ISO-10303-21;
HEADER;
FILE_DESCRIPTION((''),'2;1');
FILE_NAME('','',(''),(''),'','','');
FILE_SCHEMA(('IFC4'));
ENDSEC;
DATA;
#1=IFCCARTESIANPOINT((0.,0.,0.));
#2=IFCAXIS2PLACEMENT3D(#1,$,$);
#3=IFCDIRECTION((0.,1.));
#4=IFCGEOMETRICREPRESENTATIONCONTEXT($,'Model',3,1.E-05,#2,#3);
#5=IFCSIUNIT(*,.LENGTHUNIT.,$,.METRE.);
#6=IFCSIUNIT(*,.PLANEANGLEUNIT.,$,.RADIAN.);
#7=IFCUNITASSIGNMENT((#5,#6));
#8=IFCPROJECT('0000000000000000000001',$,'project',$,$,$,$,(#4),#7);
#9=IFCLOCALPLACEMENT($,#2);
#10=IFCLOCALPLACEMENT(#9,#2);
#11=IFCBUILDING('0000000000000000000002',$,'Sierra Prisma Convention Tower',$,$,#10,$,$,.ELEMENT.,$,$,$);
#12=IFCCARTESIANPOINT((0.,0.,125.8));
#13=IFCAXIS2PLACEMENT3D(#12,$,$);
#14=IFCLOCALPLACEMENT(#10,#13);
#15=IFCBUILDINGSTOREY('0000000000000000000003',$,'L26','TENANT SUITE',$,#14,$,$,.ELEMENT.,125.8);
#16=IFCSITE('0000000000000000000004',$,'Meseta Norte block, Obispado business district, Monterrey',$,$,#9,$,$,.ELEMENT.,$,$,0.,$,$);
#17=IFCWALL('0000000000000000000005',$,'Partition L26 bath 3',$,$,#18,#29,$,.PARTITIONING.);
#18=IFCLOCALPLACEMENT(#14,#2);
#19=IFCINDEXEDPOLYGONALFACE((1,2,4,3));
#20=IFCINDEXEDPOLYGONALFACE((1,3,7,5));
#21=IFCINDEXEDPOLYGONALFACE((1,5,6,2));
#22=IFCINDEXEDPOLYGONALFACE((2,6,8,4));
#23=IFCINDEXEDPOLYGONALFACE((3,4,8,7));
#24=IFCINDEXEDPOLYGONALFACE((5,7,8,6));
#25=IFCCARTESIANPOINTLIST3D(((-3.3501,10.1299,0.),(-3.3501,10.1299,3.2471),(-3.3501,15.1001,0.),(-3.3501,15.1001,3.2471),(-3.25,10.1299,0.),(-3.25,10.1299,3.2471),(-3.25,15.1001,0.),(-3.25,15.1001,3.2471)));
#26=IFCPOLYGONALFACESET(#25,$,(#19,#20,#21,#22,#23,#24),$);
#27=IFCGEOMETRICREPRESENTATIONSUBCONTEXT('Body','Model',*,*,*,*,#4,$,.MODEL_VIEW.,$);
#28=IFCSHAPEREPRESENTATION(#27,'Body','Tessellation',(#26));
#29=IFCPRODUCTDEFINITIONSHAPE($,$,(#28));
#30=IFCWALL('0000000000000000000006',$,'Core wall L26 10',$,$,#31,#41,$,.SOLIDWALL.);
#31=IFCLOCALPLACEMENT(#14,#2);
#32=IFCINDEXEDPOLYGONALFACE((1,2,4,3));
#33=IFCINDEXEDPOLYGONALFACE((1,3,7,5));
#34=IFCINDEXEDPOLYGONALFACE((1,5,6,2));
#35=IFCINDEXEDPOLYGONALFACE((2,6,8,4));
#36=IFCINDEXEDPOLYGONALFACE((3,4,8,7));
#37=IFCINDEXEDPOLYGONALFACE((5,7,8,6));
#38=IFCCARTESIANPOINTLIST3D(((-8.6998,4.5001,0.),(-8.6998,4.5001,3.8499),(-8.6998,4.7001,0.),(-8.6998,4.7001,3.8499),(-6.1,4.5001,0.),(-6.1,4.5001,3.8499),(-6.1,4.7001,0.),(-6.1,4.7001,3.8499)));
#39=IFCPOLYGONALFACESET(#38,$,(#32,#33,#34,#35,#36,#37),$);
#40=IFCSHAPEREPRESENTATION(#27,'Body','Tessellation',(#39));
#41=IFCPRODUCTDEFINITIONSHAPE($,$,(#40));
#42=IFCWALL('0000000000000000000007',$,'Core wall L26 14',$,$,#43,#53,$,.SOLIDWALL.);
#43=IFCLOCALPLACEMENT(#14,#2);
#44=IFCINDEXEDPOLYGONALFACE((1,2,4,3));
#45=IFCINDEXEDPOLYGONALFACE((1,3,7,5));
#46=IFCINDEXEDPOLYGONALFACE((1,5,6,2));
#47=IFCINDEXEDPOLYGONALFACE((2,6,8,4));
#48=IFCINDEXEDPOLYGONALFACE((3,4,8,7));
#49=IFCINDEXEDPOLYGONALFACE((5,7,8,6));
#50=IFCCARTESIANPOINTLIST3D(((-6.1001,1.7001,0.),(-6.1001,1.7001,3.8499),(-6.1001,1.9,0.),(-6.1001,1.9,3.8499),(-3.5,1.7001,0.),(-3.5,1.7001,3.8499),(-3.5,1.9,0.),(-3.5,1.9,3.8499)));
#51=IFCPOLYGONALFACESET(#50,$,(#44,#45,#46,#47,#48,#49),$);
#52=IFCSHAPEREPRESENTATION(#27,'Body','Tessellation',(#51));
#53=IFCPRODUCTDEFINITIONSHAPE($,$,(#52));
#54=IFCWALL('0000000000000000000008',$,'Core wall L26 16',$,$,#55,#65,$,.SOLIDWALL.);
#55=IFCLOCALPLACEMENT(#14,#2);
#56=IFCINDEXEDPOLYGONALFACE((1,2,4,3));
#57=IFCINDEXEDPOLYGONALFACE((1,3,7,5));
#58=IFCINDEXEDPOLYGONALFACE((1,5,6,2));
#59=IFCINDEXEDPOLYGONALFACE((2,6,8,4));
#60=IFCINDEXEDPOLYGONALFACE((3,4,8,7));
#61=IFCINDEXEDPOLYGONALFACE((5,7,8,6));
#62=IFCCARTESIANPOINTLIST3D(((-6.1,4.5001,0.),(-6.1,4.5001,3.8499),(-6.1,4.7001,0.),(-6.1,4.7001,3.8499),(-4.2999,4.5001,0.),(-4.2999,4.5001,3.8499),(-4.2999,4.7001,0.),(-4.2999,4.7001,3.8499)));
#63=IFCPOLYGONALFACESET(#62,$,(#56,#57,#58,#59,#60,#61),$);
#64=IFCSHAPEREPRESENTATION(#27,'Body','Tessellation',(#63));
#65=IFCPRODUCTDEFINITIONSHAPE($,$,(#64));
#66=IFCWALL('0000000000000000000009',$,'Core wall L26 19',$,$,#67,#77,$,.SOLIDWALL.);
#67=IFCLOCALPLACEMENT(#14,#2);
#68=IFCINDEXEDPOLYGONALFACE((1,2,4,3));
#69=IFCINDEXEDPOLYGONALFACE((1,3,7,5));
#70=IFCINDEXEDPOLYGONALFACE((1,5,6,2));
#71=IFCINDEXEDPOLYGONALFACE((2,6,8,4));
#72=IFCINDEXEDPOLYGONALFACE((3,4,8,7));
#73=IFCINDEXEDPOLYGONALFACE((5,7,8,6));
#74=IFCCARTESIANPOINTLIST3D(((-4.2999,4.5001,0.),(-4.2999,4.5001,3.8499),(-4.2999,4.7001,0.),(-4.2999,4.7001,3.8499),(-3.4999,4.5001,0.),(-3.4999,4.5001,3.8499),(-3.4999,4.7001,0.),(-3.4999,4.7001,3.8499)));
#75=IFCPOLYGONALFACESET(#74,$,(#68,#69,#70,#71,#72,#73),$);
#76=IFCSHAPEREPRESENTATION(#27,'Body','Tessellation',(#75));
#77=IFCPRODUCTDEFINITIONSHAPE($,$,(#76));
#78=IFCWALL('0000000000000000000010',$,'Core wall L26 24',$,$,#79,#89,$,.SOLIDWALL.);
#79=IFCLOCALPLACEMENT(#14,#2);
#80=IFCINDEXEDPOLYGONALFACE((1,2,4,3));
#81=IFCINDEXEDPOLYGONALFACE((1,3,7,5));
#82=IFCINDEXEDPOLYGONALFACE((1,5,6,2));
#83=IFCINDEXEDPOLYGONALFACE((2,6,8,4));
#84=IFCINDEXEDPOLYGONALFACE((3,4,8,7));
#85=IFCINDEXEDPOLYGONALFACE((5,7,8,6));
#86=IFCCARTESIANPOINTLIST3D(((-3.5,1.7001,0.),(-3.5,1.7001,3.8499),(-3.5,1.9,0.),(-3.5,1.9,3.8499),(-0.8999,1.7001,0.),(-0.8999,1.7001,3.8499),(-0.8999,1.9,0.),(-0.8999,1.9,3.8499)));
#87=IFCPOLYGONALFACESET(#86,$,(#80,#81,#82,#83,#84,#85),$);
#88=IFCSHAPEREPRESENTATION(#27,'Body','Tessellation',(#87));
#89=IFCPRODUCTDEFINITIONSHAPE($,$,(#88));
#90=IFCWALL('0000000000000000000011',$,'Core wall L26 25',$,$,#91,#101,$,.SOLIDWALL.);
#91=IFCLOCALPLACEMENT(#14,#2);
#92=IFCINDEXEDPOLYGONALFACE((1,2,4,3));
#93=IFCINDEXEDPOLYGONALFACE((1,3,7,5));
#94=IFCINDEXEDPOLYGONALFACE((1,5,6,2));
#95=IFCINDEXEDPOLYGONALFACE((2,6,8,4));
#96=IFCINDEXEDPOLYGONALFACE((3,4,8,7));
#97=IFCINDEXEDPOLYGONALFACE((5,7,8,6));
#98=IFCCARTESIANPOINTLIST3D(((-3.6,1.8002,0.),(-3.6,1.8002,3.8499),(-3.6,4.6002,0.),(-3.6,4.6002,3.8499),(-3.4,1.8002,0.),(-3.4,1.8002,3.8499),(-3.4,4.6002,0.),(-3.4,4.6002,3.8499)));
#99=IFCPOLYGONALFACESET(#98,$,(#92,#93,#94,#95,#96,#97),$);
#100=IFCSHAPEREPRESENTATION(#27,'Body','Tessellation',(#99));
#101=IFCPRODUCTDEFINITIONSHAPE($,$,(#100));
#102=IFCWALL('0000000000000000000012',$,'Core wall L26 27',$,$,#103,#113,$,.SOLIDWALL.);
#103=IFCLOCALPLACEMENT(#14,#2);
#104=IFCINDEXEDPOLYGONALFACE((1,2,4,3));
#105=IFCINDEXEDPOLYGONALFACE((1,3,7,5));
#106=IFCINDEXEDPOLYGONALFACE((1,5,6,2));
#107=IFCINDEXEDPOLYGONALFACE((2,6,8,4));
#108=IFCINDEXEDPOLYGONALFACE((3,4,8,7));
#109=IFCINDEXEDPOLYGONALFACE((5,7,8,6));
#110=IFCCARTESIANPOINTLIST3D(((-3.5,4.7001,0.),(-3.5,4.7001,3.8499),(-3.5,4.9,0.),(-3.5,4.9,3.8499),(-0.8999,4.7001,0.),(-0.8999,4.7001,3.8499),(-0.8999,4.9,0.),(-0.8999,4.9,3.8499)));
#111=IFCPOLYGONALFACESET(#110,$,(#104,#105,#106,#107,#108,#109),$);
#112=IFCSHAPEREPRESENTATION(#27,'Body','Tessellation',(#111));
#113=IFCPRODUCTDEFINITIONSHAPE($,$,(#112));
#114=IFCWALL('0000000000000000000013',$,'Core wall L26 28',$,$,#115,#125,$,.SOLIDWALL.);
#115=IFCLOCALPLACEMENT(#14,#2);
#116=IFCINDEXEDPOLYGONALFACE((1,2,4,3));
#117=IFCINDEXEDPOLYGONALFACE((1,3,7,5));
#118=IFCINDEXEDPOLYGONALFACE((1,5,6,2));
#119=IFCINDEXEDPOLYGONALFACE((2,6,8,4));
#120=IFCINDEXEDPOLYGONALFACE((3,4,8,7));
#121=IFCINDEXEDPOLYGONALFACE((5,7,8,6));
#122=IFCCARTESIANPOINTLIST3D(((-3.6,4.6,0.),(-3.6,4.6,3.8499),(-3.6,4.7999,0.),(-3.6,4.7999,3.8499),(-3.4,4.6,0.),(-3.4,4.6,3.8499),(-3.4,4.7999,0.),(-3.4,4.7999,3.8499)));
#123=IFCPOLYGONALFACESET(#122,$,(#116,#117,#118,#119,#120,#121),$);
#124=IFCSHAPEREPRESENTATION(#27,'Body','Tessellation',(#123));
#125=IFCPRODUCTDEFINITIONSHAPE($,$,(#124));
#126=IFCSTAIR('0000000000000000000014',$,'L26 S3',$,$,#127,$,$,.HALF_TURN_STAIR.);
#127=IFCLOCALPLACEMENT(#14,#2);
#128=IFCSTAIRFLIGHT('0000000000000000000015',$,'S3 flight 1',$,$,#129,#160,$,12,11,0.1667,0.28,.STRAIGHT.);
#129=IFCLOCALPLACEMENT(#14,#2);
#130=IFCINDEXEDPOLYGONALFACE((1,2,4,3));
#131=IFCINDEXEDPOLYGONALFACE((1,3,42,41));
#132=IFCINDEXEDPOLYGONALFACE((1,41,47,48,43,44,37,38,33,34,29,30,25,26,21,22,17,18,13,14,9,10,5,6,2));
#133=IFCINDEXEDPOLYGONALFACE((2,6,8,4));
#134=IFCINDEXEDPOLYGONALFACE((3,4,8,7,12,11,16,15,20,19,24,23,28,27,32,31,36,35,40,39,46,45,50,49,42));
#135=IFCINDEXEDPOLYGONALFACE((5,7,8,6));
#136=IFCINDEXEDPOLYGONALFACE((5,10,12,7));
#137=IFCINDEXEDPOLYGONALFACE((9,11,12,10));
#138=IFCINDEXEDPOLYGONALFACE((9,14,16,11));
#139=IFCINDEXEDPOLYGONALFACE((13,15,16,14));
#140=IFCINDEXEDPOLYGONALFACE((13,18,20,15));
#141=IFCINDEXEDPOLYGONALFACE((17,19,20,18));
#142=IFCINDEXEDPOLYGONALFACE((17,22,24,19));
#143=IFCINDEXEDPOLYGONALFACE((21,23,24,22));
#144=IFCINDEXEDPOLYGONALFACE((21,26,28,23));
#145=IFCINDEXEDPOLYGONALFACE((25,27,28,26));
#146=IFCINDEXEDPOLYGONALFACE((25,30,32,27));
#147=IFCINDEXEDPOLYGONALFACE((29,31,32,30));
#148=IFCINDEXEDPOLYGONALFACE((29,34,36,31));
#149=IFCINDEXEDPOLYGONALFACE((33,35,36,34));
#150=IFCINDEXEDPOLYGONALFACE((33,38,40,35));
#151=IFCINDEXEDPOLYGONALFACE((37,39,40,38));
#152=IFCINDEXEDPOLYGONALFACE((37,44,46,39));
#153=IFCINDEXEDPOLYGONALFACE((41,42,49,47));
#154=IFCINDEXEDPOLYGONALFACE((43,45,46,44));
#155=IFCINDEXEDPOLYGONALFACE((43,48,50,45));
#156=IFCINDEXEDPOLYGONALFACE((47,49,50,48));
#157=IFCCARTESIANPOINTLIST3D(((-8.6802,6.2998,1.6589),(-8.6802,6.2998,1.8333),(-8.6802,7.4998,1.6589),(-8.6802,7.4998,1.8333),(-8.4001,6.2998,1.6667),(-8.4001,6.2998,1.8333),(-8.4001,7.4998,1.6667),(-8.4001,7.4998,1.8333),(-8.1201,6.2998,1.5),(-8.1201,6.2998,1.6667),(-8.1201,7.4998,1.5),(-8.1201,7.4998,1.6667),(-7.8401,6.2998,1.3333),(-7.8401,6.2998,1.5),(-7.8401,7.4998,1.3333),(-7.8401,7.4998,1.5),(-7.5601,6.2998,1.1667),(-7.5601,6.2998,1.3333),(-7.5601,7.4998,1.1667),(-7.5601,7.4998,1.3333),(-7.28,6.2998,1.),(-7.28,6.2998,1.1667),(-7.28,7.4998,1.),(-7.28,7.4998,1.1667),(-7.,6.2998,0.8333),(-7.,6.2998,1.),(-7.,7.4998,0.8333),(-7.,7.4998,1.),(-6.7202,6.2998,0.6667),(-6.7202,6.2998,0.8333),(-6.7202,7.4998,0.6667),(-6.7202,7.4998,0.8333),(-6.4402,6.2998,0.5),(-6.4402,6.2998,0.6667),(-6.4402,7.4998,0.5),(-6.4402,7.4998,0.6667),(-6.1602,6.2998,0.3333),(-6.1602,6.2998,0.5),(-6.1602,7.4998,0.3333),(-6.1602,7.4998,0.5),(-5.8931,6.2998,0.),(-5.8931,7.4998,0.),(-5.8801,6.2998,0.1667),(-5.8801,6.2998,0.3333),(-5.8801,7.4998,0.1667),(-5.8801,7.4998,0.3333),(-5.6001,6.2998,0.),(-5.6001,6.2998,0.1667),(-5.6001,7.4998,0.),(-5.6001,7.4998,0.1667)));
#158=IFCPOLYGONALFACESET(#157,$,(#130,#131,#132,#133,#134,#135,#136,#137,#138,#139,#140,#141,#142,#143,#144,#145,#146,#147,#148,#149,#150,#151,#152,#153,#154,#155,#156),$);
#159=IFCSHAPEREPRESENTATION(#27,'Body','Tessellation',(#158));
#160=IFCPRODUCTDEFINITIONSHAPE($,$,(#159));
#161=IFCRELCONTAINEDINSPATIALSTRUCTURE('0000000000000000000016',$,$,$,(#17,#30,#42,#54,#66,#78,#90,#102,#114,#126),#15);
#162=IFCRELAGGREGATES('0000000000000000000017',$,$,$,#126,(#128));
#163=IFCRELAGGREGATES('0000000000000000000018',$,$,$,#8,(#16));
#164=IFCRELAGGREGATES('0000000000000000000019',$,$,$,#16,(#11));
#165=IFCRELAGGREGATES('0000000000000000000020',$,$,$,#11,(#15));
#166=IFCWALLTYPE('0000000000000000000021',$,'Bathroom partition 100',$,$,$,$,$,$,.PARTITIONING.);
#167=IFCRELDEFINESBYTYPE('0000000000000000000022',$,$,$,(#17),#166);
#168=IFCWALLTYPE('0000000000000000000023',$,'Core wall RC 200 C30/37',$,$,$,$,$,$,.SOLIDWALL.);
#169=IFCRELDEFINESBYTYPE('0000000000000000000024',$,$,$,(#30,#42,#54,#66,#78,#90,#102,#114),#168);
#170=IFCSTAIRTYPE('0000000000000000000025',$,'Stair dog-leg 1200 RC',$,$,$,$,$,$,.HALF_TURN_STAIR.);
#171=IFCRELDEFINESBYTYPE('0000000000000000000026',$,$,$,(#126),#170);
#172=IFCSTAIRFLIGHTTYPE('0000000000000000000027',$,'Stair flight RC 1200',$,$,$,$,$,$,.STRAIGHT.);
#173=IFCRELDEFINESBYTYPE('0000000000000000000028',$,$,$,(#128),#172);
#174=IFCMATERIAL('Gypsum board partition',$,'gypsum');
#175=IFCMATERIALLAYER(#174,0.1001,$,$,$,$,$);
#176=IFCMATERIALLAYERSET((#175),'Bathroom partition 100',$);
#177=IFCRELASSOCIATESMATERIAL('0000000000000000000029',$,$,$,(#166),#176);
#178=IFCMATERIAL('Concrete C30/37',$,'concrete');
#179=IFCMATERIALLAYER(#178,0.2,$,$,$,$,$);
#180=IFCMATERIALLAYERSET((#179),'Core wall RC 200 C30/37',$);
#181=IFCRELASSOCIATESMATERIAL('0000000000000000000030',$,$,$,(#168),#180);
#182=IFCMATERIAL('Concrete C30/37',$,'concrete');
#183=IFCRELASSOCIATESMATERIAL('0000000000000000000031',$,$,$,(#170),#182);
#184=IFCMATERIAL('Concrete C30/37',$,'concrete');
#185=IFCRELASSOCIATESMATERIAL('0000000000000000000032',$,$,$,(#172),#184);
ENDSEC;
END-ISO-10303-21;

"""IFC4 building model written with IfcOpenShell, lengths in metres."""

from ifc_helpers import new_model, si_unit, direction, frame, frame_2d, origin, place, context, subcontext, project, spatial, polyline, rectangle, outline, extrude, material, layer, layer_set, type_object, element, aggregate, save


model = new_model("IFC4")

# Units and contexts
model_context = context("Model", 3, precision=1e-05, world=origin(), true_north=direction((0.0, 1.0)))
body_context = subcontext(model_context, "Body", "Model", "MODEL_VIEW")
ifc_project = project(units=[si_unit("LENGTHUNIT", "METRE"), si_unit("PLANEANGLEUNIT", "RADIAN")], contexts=[model_context])

# Site, building, storey
site_placement = place(None, origin())
site = spatial("IfcSite", under=ifc_project, at=site_placement, Name="Meseta Norte block, Obispado business district, Monterrey", CompositionType="ELEMENT", RefElevation=0.0)
building_placement = place(site_placement, origin())
building = spatial("IfcBuilding", under=site, at=building_placement, Name="Sierra Prisma Convention Tower", CompositionType="ELEMENT")
storey_placement = place(building_placement, frame((0.0, 0.0, 125.8)))
storey = spatial("IfcBuildingStorey", under=building, at=storey_placement, Name="L26", Description="TENANT SUITE", CompositionType="ELEMENT", Elevation=125.8)

# Walls
ifc_material_1 = material(Name="Gypsum board partition", Category="gypsum")
ifc_layer_1 = layer(ifc_material_1, 0.1001)
ifc_layer_set_1 = layer_set([ifc_layer_1], Name="Bathroom partition 100")
wall_type_1 = type_object("IfcWallType", Name="Bathroom partition 100", PredefinedType="PARTITIONING", material=ifc_layer_set_1)
wall_1_placement = place(storey_placement, frame((-3.3, 10.1299, 0.0), z_axis=(0.0, 0.0, 1.0), x_axis=(0.0, 1.0, 0.0)))
element("IfcWall", 1, at=wall_1_placement, inside=storey, type_object=wall_type_1, Name="Partition L26 bath 3", PredefinedType="PARTITIONING", context=body_context, shape_type="SweptSolid", body=[
    extrude(rectangle(XDim=4.9702, YDim=0.1001, at=frame_2d((2.4851, 0.0))), origin(), (0.0, 0.0, 1.0), 3.2471),
])
ifc_material_2 = material(Name="Concrete C30/37", Category="concrete")
ifc_layer_2 = layer(ifc_material_2, 0.2)
ifc_layer_set_2 = layer_set([ifc_layer_2], Name="Core wall RC 200 C30/37")
wall_type_2 = type_object("IfcWallType", Name="Core wall RC 200 C30/37", PredefinedType="SOLIDWALL", material=ifc_layer_set_2)
wall_2_placement = place(storey_placement, frame((-6.1001, 4.6001, 0.0), z_axis=(0.0, 0.0, 1.0), x_axis=(-1.0, 0.0, 0.0)))
element("IfcWall", 2, at=wall_2_placement, inside=storey, type_object=wall_type_2, Name="Core wall L26 10", PredefinedType="SOLIDWALL", context=body_context, shape_type="SweptSolid", body=[
    extrude(rectangle(XDim=2.5999, YDim=0.2, at=frame_2d((1.2998, 0.0))), origin(), (0.0, 0.0, 1.0), 3.8499),
])
wall_3_placement = place(storey_placement, frame((-3.5, 1.8, 0.0), z_axis=(0.0, 0.0, 1.0), x_axis=(-1.0, 0.0, 0.0)))
element("IfcWall", 3, at=wall_3_placement, inside=storey, type_object=wall_type_2, Name="Core wall L26 14", PredefinedType="SOLIDWALL", context=body_context, shape_type="SweptSolid", body=[
    extrude(rectangle(XDim=2.6001, YDim=0.2, at=frame_2d((1.3, 0.0))), origin(), (0.0, 0.0, 1.0), 3.8499),
])
wall_4_placement = place(storey_placement, frame((-4.3, 4.6001, 0.0), z_axis=(0.0, 0.0, 1.0), x_axis=(-1.0, 0.0, 0.0)))
element("IfcWall", 4, at=wall_4_placement, inside=storey, type_object=wall_type_2, Name="Core wall L26 16", PredefinedType="SOLIDWALL", context=body_context, shape_type="SweptSolid", body=[
    extrude(rectangle(XDim=1.8, YDim=0.2, at=frame_2d((0.8999, 0.0))), origin(), (0.0, 0.0, 1.0), 3.8499),
])
wall_5_placement = place(storey_placement, frame((-3.5, 4.6001, 0.0), z_axis=(0.0, 0.0, 1.0), x_axis=(-1.0, 0.0, 0.0)))
element("IfcWall", 5, at=wall_5_placement, inside=storey, type_object=wall_type_2, Name="Core wall L26 19", PredefinedType="SOLIDWALL", context=body_context, shape_type="SweptSolid", body=[
    extrude(rectangle(XDim=0.8, YDim=0.2, at=frame_2d((0.3999, 0.0))), origin(), (0.0, 0.0, 1.0), 3.8499),
])

# Walls
wall_6_placement = place(storey_placement, frame((-0.8999, 1.8, 0.0), z_axis=(0.0, 0.0, 1.0), x_axis=(-1.0, 0.0, 0.0)))
element("IfcWall", 6, at=wall_6_placement, inside=storey, type_object=wall_type_2, Name="Core wall L26 24", PredefinedType="SOLIDWALL", context=body_context, shape_type="SweptSolid", body=[
    extrude(rectangle(XDim=2.6001, YDim=0.2, at=frame_2d((1.3, 0.0))), origin(), (0.0, 0.0, 1.0), 3.8499),
])
wall_7_placement = place(storey_placement, frame((-3.5, 4.6001, 0.0), z_axis=(0.0, 0.0, 1.0), x_axis=(0.0, -1.0, 0.0)))
element("IfcWall", 7, at=wall_7_placement, inside=storey, type_object=wall_type_2, Name="Core wall L26 25", PredefinedType="SOLIDWALL", context=body_context, shape_type="SweptSolid", body=[
    extrude(rectangle(XDim=2.8, YDim=0.2, at=frame_2d((1.3999, 0.0))), origin(), (0.0, 0.0, 1.0), 3.8499),
])

# Walls
wall_8_placement = place(storey_placement, frame((-0.8999, 4.8, 0.0), z_axis=(0.0, 0.0, 1.0), x_axis=(-1.0, 0.0, 0.0)))
element("IfcWall", 8, at=wall_8_placement, inside=storey, type_object=wall_type_2, Name="Core wall L26 27", PredefinedType="SOLIDWALL", context=body_context, shape_type="SweptSolid", body=[
    extrude(rectangle(XDim=2.6001, YDim=0.2, at=frame_2d((1.3, 0.0))), origin(), (0.0, 0.0, 1.0), 3.8499),
])
wall_9_placement = place(storey_placement, frame((-3.5, 4.8, 0.0), z_axis=(0.0, 0.0, 1.0), x_axis=(0.0, -1.0, 0.0)))
element("IfcWall", 9, at=wall_9_placement, inside=storey, type_object=wall_type_2, Name="Core wall L26 28", PredefinedType="SOLIDWALL", context=body_context, shape_type="SweptSolid", body=[
    extrude(rectangle(XDim=0.2, YDim=0.2, at=frame_2d((0.1001, 0.0))), origin(), (0.0, 0.0, 1.0), 3.8499),
])

# Stair, stair flight
ifc_material_3 = material(Name="Concrete C30/37", Category="concrete")
stair_type = type_object("IfcStairType", Name="Stair dog-leg 1200 RC", PredefinedType="HALF_TURN_STAIR", material=ifc_material_3)
stair_placement = place(storey_placement, origin())
stair = element("IfcStair", 10, at=stair_placement, inside=storey, type_object=stair_type, Name="L26 S3", PredefinedType="HALF_TURN_STAIR")
ifc_material_4 = material(Name="Concrete C30/37", Category="concrete")
stair_flight_type = type_object("IfcStairFlightType", Name="Stair flight RC 1200", PredefinedType="STRAIGHT", material=ifc_material_4)
stair_flight_placement = place(storey_placement, frame((-5.6001, 6.8999, 0.0), z_axis=(0.0, 0.0, 1.0), x_axis=(-1.0, 0.0, 0.0)))
stair_flight = element("IfcStairFlight", 11, at=stair_flight_placement, type_object=stair_flight_type, Name="S3 flight 1", NumberOfRisers=12, NumberOfTreads=11, PredefinedType="STRAIGHT", RiserHeight=0.1667, TreadLength=0.28, context=body_context, shape_type="SweptSolid", body=[
    extrude(outline(polyline([(0.0, 0.0), (0.0, 0.1667), (0.28, 0.1667), (0.28, 0.3333), (0.5601, 0.3333), (0.5601, 0.5), (0.8401, 0.5), (0.8401, 0.6667), (1.1201, 0.6667), (1.1201, 0.8333), (1.3999, 0.8333), (1.3999, 1.0), (1.6799, 1.0), (1.6799, 1.1667), (1.96, 1.1667), (1.96, 1.3333), (2.24, 1.3333), (2.24, 1.5), (2.52, 1.5), (2.52, 1.6667), (2.8, 1.6667), (2.8, 1.8333), (3.0801, 1.8333), (3.0801, 2.0), (3.0801, 1.6589), (0.293, 0.0), (0.0, 0.0)])), frame((0.0, 0.6001, 0.0), z_axis=(0.0, -1.0, 0.0), x_axis=(1.0, 0.0, 0.0)), (0.0, 0.0, 1.0), 1.2),
])
aggregate(stair, [stair_flight])

save(model, "model.ifc")
